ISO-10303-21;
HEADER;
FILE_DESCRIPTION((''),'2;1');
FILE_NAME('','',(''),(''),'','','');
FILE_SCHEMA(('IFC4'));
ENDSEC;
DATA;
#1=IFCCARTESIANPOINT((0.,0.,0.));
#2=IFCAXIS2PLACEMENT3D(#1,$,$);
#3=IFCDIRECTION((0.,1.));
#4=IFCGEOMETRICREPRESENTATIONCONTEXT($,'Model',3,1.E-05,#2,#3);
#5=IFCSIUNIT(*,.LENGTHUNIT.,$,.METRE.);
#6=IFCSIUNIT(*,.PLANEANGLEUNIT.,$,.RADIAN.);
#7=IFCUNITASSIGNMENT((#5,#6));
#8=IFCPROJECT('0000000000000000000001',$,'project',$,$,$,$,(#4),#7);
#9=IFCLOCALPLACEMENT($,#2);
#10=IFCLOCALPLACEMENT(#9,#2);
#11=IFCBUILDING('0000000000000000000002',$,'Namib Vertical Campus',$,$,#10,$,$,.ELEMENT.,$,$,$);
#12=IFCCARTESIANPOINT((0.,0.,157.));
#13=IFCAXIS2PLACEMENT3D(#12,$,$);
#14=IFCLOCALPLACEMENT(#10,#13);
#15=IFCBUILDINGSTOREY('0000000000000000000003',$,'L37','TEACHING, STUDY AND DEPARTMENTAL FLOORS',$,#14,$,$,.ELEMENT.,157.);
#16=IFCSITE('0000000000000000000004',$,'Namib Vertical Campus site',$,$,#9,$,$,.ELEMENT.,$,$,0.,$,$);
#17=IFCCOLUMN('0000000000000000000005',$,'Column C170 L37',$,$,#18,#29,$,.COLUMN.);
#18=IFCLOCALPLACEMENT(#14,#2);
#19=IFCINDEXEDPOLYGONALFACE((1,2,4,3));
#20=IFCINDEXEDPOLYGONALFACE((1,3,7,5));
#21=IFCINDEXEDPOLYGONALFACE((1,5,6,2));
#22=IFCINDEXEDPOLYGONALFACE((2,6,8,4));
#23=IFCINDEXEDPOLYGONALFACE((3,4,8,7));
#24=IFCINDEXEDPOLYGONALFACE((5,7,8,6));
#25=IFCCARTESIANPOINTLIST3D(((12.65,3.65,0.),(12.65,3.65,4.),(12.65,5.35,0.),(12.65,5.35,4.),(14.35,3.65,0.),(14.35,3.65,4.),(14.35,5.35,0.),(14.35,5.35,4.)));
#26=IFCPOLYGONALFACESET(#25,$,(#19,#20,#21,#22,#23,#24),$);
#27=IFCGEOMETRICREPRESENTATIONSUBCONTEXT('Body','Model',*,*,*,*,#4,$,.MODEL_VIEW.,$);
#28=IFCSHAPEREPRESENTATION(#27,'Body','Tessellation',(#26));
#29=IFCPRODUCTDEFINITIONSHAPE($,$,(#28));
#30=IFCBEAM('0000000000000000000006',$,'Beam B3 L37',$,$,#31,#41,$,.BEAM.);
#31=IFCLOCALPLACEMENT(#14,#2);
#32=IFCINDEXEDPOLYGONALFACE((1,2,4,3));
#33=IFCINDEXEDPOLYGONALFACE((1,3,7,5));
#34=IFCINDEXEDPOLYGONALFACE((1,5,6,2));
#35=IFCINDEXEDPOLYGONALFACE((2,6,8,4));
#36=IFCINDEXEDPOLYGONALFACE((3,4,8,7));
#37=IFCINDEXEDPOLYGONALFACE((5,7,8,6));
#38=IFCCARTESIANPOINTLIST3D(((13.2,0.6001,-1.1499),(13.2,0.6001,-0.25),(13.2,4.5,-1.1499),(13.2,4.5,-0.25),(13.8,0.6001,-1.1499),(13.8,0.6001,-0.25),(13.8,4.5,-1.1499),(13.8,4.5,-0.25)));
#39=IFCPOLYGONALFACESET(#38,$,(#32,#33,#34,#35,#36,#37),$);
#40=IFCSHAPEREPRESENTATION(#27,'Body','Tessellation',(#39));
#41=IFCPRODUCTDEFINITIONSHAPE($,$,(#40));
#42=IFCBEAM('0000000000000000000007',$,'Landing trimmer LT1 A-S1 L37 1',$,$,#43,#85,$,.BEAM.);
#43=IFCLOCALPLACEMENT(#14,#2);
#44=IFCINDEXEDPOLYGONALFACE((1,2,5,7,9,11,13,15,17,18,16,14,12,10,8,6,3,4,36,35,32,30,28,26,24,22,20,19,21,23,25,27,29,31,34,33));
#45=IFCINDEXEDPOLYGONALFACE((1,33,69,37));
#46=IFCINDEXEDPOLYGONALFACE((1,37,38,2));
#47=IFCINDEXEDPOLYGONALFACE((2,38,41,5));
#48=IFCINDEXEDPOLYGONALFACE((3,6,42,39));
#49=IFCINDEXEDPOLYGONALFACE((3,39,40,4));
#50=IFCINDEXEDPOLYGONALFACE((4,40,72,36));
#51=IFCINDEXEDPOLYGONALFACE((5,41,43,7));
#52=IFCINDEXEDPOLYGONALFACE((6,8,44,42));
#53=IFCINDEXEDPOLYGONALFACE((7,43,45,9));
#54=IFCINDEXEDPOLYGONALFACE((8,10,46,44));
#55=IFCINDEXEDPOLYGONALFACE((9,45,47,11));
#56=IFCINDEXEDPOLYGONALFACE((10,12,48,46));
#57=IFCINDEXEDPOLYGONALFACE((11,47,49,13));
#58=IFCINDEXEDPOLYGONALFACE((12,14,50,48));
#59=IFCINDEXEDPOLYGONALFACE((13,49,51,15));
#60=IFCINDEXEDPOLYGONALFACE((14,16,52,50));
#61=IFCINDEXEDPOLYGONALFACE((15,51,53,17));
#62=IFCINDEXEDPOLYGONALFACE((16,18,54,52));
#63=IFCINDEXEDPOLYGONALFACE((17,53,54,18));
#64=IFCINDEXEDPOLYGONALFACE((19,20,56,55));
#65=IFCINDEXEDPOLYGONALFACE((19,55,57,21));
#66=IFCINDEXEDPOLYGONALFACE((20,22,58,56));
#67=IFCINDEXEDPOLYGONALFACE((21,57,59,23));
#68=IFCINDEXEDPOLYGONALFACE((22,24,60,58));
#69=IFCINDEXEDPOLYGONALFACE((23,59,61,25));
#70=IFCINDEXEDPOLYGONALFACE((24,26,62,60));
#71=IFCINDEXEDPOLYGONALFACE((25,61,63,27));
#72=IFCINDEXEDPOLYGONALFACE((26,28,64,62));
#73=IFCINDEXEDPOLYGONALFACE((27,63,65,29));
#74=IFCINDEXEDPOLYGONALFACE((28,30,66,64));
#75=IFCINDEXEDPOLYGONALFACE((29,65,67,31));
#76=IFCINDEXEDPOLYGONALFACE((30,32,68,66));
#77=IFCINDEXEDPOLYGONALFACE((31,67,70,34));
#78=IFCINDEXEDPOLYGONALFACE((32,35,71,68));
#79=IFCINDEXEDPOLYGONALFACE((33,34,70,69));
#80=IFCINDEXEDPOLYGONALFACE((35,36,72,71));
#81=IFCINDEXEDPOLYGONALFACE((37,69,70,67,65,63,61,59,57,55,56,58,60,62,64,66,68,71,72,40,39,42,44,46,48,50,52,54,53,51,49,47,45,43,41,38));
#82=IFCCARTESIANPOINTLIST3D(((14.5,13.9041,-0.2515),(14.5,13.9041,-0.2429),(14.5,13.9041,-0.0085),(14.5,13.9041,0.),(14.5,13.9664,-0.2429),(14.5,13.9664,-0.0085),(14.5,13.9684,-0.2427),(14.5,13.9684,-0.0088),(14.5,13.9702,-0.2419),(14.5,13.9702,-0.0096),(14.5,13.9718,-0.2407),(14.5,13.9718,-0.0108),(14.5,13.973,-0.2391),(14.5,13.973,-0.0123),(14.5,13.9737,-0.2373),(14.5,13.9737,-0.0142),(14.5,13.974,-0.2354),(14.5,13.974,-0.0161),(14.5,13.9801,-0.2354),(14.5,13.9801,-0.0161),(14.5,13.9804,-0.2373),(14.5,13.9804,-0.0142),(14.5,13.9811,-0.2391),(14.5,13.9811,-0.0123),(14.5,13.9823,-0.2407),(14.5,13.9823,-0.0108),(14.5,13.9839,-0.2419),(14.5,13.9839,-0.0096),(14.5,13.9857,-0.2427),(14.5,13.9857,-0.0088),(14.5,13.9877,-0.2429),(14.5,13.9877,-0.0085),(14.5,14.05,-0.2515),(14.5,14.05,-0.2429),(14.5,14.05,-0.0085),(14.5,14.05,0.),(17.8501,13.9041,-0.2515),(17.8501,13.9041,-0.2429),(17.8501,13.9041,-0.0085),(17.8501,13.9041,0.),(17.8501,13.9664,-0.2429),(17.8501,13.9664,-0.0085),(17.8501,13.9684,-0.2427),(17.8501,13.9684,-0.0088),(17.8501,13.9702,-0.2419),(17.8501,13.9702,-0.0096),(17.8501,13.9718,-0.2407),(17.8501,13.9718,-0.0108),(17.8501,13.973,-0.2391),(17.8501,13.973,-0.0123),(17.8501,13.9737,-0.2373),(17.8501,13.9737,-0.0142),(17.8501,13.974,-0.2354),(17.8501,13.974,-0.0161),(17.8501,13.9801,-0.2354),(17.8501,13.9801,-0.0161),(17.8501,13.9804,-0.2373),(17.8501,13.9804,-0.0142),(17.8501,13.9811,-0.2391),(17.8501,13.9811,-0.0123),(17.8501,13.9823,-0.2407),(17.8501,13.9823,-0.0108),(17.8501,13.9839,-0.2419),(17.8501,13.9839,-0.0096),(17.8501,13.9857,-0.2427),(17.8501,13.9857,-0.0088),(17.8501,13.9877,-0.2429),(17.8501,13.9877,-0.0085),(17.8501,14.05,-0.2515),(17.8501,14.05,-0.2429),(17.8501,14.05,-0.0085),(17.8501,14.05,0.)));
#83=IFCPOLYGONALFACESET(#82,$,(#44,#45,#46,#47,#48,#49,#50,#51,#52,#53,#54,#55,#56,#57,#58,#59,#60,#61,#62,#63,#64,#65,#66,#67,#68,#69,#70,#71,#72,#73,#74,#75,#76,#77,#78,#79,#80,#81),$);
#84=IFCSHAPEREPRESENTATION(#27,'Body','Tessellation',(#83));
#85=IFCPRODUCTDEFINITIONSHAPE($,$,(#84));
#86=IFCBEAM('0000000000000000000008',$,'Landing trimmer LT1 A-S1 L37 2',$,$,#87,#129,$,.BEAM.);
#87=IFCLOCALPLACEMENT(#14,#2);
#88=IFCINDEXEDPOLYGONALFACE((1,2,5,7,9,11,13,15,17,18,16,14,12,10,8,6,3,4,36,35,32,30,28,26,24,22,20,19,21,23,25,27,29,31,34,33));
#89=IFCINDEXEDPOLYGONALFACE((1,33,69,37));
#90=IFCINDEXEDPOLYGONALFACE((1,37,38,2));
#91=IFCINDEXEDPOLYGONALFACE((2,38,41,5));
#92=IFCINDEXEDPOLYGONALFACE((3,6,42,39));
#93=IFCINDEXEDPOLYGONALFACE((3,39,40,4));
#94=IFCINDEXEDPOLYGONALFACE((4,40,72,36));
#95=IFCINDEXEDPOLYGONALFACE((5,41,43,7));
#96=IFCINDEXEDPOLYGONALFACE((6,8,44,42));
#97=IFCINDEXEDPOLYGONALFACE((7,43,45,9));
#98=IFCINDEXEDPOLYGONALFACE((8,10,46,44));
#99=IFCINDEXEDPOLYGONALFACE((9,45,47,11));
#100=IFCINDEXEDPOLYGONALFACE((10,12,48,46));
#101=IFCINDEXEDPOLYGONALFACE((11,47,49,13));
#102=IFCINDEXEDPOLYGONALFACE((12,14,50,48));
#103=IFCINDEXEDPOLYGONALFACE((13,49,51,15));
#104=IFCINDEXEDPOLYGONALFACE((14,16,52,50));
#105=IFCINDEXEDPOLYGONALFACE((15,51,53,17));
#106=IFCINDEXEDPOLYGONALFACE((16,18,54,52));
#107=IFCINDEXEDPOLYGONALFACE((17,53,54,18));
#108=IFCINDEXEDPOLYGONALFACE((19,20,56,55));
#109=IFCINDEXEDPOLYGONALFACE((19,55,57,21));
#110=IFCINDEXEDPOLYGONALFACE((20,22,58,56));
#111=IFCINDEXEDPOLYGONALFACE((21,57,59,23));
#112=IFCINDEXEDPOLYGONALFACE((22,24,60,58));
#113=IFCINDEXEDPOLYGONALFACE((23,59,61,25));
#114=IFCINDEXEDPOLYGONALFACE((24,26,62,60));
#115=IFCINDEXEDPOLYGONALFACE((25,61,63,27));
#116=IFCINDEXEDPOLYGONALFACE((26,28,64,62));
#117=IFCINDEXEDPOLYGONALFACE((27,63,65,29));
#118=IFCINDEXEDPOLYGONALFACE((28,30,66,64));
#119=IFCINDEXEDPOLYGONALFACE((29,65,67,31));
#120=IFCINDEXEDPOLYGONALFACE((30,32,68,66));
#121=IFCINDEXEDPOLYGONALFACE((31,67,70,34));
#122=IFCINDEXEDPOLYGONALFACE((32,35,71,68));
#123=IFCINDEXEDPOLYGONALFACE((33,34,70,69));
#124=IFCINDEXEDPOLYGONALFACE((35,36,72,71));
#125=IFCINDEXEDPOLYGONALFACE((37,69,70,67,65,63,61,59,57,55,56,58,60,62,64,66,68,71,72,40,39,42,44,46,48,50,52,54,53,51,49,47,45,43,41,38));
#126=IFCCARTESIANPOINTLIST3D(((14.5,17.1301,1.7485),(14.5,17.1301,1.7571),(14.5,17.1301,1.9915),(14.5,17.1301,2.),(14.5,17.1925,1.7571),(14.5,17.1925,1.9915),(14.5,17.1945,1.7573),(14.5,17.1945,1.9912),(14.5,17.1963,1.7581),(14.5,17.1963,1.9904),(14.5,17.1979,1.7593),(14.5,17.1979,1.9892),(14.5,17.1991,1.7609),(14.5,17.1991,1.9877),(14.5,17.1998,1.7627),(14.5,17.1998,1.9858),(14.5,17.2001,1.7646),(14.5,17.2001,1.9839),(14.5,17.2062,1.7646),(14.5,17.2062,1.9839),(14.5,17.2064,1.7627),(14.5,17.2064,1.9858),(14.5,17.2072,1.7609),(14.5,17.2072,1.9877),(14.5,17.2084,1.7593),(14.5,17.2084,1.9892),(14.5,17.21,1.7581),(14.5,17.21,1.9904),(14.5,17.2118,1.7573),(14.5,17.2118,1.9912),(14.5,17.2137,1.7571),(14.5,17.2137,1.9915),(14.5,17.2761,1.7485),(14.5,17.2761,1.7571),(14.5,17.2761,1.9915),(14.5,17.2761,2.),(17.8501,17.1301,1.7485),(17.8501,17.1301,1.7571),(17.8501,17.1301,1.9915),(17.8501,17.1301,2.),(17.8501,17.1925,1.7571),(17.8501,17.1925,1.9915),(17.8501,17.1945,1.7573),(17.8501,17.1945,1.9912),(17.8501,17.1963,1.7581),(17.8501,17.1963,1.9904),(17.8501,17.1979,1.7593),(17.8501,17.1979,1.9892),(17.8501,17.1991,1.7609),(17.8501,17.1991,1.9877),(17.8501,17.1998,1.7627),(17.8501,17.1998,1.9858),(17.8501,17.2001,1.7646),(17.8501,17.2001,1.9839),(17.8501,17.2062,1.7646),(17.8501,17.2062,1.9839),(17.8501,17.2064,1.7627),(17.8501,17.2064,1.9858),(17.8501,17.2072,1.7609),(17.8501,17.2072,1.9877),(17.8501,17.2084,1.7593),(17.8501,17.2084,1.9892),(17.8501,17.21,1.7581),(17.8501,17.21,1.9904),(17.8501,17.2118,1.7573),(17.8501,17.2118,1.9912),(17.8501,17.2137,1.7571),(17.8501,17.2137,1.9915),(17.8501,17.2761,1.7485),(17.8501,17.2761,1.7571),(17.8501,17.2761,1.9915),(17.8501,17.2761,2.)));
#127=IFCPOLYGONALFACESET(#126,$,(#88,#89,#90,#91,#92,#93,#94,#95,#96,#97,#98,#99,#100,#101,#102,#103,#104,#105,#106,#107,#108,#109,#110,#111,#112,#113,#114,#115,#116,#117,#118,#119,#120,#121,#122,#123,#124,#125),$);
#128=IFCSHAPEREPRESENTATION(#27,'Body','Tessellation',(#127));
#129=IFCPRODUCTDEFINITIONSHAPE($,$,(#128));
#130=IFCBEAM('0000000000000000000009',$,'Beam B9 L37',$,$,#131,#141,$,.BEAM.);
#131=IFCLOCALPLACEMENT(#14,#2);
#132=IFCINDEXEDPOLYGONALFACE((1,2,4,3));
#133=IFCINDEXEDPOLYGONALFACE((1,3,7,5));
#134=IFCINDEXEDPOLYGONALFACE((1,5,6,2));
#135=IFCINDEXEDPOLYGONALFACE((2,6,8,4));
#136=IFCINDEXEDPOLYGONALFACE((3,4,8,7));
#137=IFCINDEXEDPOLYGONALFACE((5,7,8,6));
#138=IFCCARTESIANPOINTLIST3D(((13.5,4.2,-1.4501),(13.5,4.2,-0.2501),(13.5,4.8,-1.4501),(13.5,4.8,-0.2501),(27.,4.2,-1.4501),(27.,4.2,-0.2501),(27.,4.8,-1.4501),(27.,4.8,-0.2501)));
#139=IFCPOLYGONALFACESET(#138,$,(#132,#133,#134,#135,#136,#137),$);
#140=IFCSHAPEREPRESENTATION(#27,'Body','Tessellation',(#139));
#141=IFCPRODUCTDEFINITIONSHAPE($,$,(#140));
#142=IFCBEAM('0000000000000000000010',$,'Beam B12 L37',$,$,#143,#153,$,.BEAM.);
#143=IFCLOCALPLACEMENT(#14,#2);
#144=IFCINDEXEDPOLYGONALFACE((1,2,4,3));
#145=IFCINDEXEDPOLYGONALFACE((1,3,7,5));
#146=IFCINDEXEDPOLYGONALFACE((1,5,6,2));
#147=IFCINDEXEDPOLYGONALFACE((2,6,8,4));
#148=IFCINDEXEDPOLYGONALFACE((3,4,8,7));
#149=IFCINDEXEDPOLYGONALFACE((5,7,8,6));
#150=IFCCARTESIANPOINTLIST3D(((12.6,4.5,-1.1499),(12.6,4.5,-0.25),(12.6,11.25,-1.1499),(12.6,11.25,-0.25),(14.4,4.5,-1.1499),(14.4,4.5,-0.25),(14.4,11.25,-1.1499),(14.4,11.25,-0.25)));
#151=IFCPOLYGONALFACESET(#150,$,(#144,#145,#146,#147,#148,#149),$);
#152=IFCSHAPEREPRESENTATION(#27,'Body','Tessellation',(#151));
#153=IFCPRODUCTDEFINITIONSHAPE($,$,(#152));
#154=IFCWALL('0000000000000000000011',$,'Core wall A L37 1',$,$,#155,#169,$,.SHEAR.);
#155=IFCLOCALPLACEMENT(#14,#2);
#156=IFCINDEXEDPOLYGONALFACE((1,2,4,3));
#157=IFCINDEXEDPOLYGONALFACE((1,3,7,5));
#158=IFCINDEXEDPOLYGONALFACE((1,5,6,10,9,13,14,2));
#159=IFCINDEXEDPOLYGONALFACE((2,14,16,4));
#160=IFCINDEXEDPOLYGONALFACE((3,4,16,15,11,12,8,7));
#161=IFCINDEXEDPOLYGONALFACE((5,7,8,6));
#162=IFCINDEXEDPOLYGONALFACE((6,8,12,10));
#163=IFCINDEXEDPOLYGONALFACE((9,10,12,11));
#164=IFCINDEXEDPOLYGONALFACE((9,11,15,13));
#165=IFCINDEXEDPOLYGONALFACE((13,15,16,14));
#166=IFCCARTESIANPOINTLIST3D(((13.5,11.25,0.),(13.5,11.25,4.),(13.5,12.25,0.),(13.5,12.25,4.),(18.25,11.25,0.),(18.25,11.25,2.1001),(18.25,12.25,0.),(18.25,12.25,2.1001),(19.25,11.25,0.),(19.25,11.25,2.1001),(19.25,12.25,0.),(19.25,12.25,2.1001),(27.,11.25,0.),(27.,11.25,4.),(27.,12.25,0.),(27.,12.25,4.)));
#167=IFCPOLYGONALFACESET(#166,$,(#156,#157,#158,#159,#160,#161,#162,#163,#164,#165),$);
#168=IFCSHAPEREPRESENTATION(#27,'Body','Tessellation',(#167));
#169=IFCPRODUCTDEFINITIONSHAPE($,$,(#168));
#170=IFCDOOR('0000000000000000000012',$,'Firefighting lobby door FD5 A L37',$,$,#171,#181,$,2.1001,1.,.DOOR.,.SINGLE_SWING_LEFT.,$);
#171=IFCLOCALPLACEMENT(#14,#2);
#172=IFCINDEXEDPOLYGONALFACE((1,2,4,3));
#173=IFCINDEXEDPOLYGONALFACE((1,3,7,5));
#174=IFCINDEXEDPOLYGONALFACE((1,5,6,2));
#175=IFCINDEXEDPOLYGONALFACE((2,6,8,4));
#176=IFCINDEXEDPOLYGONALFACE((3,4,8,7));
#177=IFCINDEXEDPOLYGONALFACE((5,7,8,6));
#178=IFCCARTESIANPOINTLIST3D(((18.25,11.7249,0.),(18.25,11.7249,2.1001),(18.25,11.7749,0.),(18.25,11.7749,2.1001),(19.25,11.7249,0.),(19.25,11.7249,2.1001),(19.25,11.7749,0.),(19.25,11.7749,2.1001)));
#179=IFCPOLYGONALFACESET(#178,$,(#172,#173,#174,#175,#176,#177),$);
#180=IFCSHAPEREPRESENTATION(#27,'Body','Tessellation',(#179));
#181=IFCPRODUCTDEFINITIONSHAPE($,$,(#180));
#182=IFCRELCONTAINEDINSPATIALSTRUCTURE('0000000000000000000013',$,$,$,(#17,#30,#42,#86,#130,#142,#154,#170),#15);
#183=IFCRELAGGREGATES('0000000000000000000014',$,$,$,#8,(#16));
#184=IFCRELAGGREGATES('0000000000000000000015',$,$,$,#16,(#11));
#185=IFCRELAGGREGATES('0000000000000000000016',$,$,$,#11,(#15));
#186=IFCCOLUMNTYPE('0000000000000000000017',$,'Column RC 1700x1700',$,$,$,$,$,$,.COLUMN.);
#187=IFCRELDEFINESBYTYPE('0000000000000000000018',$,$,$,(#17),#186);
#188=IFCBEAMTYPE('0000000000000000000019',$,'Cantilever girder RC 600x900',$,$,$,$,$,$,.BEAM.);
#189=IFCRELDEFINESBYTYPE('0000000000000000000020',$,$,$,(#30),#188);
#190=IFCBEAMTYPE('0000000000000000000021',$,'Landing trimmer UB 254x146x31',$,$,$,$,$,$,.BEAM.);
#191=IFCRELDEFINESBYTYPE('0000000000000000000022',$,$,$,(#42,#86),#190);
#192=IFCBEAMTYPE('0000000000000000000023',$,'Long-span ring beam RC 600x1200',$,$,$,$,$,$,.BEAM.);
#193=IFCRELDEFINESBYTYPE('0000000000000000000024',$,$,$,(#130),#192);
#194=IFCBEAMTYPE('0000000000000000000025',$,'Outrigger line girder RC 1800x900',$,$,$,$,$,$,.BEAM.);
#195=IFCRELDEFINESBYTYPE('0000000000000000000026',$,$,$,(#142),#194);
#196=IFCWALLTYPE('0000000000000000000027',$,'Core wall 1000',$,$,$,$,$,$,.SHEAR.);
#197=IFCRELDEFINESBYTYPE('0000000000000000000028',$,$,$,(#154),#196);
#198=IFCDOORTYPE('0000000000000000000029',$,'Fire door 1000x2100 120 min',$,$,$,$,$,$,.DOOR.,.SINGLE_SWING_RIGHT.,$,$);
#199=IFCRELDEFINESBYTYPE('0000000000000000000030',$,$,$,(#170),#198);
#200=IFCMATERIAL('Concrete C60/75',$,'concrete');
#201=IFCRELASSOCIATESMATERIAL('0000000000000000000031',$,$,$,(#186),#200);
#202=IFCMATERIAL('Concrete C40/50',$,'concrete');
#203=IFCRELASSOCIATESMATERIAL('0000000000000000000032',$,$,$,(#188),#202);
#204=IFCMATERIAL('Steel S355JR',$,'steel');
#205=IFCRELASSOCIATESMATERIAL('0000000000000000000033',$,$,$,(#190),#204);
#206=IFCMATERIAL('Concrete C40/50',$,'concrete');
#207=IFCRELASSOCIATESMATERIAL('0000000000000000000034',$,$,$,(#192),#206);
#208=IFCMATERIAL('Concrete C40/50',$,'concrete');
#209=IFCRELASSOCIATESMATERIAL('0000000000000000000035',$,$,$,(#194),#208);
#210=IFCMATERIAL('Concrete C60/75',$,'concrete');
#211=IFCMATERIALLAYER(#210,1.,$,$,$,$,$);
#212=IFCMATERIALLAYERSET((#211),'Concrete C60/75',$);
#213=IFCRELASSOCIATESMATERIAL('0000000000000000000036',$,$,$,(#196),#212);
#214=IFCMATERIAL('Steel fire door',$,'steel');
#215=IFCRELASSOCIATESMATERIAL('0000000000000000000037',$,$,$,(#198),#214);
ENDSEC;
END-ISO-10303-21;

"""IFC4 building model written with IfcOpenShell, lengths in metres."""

from ifc_helpers import new_model, si_unit, direction, frame, frame_2d, origin, origin_2d, place, context, subcontext, project, spatial, rectangle, i_section, extrude, material, layer, layer_set, material_profile, profile_set, type_object, element, fill, save


model = new_model("IFC4")

# Units and contexts
model_context = context("Model", 3, precision=1e-05, world=origin(), true_north=direction((0.0, 1.0)))
body_context = subcontext(model_context, "Body", "Model", "MODEL_VIEW")
ifc_project = project(units=[si_unit("LENGTHUNIT", "METRE"), si_unit("PLANEANGLEUNIT", "RADIAN")], contexts=[model_context])

# Site, building, storey
site_placement = place(None, origin())
site = spatial("IfcSite", under=ifc_project, at=site_placement, Name="Namib Vertical Campus site", CompositionType="ELEMENT", RefElevation=0.0)
building_placement = place(site_placement, origin())
building = spatial("IfcBuilding", under=site, at=building_placement, Name="Namib Vertical Campus", CompositionType="ELEMENT")
storey_placement = place(building_placement, frame((0.0, 0.0, 157.0)))
storey = spatial("IfcBuildingStorey", under=building, at=storey_placement, Name="L37", Description="TEACHING, STUDY AND DEPARTMENTAL FLOORS", CompositionType="ELEMENT", Elevation=157.0)

# Column
ifc_material_1 = material(Name="Concrete C60/75", Category="concrete")
ifc_material_profile_1 = material_profile(ifc_material_1, rectangle(XDim=1.7, YDim=1.7, at=origin_2d()))
ifc_profile_set_1 = profile_set([ifc_material_profile_1], Name="Concrete C60/75")
column_type = type_object("IfcColumnType", Name="Column RC 1700x1700", PredefinedType="COLUMN", material=ifc_profile_set_1)
column_placement = place(storey_placement, frame((13.5, 4.5, 0.0), z_axis=(0.0, 0.0, 1.0), x_axis=(1.0, 0.0, 0.0)))
element("IfcColumn", 1, at=column_placement, inside=storey, type_object=column_type, Name="Column C170 L37", PredefinedType="COLUMN", context=body_context, shape_type="SweptSolid", body=[
    extrude(rectangle(XDim=1.7, YDim=1.7, at=origin_2d()), origin(), (0.0, 0.0, 1.0), 4.0),
])

# Beams
ifc_material_2 = material(Name="Concrete C40/50", Category="concrete")
ifc_material_profile_2 = material_profile(ifc_material_2, rectangle(XDim=0.6001, YDim=0.8999, at=origin_2d()))
ifc_profile_set_2 = profile_set([ifc_material_profile_2], Name="Concrete C40/50")
beam_type_1 = type_object("IfcBeamType", Name="Cantilever girder RC 600x900", PredefinedType="BEAM", material=ifc_profile_set_2)
beam_1_placement = place(storey_placement, frame((13.5, 4.5, -0.7), z_axis=(0.0, -1.0, 0.0), x_axis=(1.0, 0.0, 0.0)))
element("IfcBeam", 2, at=beam_1_placement, inside=storey, type_object=beam_type_1, Name="Beam B3 L37", PredefinedType="BEAM", context=body_context, shape_type="SweptSolid", body=[
    extrude(rectangle(XDim=0.6001, YDim=0.8999, at=origin_2d()), origin(), (0.0, 0.0, 1.0), 3.8999),
])
ifc_material_3 = material(Name="Steel S355JR", Category="steel")
ifc_material_profile_3 = material_profile(ifc_material_3, i_section(OverallWidth=0.146, OverallDepth=0.2515, WebThickness=0.0061, FlangeThickness=0.0085, FilletRadius=0.0076, at=origin_2d()))
ifc_profile_set_3 = profile_set([ifc_material_profile_3], Name="Steel S355JR")
beam_type_2 = type_object("IfcBeamType", Name="Landing trimmer UB 254x146x31", PredefinedType="BEAM", material=ifc_profile_set_3)
for number, where, z_axis, x_axis, name in (
    (3, (14.5, 13.9771, -0.1257), (1.0, 0.0, 0.0), (0.0, 1.0, 0.0), "Landing trimmer LT1 A-S1 L37 1"),
    (4, (14.5, 17.2031, 1.8743), (1.0, 0.0, 0.0), (0.0, 1.0, 0.0), "Landing trimmer LT1 A-S1 L37 2"),
):
    element("IfcBeam", number, at=place(storey_placement, frame(where, z_axis=z_axis, x_axis=x_axis)), inside=storey, type_object=beam_type_2, Name=name, PredefinedType="BEAM", context=body_context, shape_type="SweptSolid", body=[
        extrude(i_section(OverallWidth=0.146, OverallDepth=0.2515, WebThickness=0.0061, FlangeThickness=0.0085, FilletRadius=0.0076, at=origin_2d()), origin(), (0.0, 0.0, 1.0), 3.3501),
    ])
ifc_material_4 = material(Name="Concrete C40/50", Category="concrete")
ifc_material_profile_4 = material_profile(ifc_material_4, rectangle(XDim=0.6001, YDim=1.2, at=origin_2d()))
ifc_profile_set_4 = profile_set([ifc_material_profile_4], Name="Concrete C40/50")
beam_type_3 = type_object("IfcBeamType", Name="Long-span ring beam RC 600x1200", PredefinedType="BEAM", material=ifc_profile_set_4)
beam_2_placement = place(storey_placement, frame((13.5, 4.5, -0.8501), z_axis=(1.0, 0.0, 0.0), x_axis=(0.0, 1.0, 0.0)))
element("IfcBeam", 5, at=beam_2_placement, inside=storey, type_object=beam_type_3, Name="Beam B9 L37", PredefinedType="BEAM", context=body_context, shape_type="SweptSolid", body=[
    extrude(rectangle(XDim=0.6001, YDim=1.2, at=origin_2d()), origin(), (0.0, 0.0, 1.0), 13.5),
])
ifc_material_5 = material(Name="Concrete C40/50", Category="concrete")
ifc_material_profile_5 = material_profile(ifc_material_5, rectangle(XDim=1.8, YDim=0.8999, at=origin_2d()))
ifc_profile_set_5 = profile_set([ifc_material_profile_5], Name="Concrete C40/50")
beam_type_4 = type_object("IfcBeamType", Name="Outrigger line girder RC 1800x900", PredefinedType="BEAM", material=ifc_profile_set_5)
beam_3_placement = place(storey_placement, frame((13.5, 4.5, -0.7), z_axis=(0.0, 1.0, 0.0), x_axis=(-1.0, 0.0, 0.0)))
element("IfcBeam", 6, at=beam_3_placement, inside=storey, type_object=beam_type_4, Name="Beam B12 L37", PredefinedType="BEAM", context=body_context, shape_type="SweptSolid", body=[
    extrude(rectangle(XDim=1.8, YDim=0.8999, at=origin_2d()), origin(), (0.0, 0.0, 1.0), 6.75),
])

# Wall, opening, door
ifc_material_6 = material(Name="Concrete C60/75", Category="concrete")
ifc_layer_1 = layer(ifc_material_6, 1.0)
ifc_layer_set_1 = layer_set([ifc_layer_1], Name="Concrete C60/75")
wall_type_1 = type_object("IfcWallType", Name="Core wall 1000", PredefinedType="SHEAR", material=ifc_layer_set_1)
wall_1_placement = place(storey_placement, frame((13.5, 11.75, 0.0), z_axis=(0.0, 0.0, 1.0), x_axis=(1.0, 0.0, 0.0)))
wall_1 = element("IfcWall", 7, at=wall_1_placement, inside=storey, type_object=wall_type_1, Name="Core wall A L37 1", PredefinedType="SHEAR", context=body_context, shape_type="SweptSolid", body=[
    extrude(rectangle(XDim=13.5, YDim=1.0, at=frame_2d((6.75, 0.0))), origin(), (0.0, 0.0, 1.0), 4.0),
])
opening_1_placement = place(wall_1_placement, frame((4.75, 0.0, 0.0)))
opening_1 = element("IfcOpeningElement", 8, at=opening_1_placement, cuts=wall_1, PredefinedType="OPENING", context=body_context, shape_type="SweptSolid", body=[
    extrude(rectangle(XDim=1.0, YDim=2.1001, at=frame_2d((0.5, 1.05))), frame((0.0, 0.51, 0.0), z_axis=(0.0, -1.0, 0.0), x_axis=(1.0, 0.0, 0.0)), (0.0, 0.0, 1.0), 1.02),
])
ifc_material_7 = material(Name="Steel fire door", Category="steel")
door_type_1 = type_object("IfcDoorType", Name="Fire door 1000x2100 120 min", OperationType="SINGLE_SWING_RIGHT", PredefinedType="DOOR", material=ifc_material_7)
door_1_placement = place(opening_1_placement, origin())
door_1 = element("IfcDoor", 9, at=door_1_placement, inside=storey, type_object=door_type_1, Name="Firefighting lobby door FD5 A L37", OperationType="SINGLE_SWING_LEFT", OverallHeight=2.1001, OverallWidth=1.0, PredefinedType="DOOR", context=body_context, shape_type="SweptSolid", body=[
    extrude(rectangle(XDim=1.0, YDim=2.1001, at=frame_2d((0.5, 1.05))), frame((0.0, 0.0249, 0.0), z_axis=(0.0, -1.0, 0.0), x_axis=(1.0, 0.0, 0.0)), (0.0, 0.0, 1.0), 0.05),
])
fill(opening_1, door_1)

save(model, "model.ifc")
